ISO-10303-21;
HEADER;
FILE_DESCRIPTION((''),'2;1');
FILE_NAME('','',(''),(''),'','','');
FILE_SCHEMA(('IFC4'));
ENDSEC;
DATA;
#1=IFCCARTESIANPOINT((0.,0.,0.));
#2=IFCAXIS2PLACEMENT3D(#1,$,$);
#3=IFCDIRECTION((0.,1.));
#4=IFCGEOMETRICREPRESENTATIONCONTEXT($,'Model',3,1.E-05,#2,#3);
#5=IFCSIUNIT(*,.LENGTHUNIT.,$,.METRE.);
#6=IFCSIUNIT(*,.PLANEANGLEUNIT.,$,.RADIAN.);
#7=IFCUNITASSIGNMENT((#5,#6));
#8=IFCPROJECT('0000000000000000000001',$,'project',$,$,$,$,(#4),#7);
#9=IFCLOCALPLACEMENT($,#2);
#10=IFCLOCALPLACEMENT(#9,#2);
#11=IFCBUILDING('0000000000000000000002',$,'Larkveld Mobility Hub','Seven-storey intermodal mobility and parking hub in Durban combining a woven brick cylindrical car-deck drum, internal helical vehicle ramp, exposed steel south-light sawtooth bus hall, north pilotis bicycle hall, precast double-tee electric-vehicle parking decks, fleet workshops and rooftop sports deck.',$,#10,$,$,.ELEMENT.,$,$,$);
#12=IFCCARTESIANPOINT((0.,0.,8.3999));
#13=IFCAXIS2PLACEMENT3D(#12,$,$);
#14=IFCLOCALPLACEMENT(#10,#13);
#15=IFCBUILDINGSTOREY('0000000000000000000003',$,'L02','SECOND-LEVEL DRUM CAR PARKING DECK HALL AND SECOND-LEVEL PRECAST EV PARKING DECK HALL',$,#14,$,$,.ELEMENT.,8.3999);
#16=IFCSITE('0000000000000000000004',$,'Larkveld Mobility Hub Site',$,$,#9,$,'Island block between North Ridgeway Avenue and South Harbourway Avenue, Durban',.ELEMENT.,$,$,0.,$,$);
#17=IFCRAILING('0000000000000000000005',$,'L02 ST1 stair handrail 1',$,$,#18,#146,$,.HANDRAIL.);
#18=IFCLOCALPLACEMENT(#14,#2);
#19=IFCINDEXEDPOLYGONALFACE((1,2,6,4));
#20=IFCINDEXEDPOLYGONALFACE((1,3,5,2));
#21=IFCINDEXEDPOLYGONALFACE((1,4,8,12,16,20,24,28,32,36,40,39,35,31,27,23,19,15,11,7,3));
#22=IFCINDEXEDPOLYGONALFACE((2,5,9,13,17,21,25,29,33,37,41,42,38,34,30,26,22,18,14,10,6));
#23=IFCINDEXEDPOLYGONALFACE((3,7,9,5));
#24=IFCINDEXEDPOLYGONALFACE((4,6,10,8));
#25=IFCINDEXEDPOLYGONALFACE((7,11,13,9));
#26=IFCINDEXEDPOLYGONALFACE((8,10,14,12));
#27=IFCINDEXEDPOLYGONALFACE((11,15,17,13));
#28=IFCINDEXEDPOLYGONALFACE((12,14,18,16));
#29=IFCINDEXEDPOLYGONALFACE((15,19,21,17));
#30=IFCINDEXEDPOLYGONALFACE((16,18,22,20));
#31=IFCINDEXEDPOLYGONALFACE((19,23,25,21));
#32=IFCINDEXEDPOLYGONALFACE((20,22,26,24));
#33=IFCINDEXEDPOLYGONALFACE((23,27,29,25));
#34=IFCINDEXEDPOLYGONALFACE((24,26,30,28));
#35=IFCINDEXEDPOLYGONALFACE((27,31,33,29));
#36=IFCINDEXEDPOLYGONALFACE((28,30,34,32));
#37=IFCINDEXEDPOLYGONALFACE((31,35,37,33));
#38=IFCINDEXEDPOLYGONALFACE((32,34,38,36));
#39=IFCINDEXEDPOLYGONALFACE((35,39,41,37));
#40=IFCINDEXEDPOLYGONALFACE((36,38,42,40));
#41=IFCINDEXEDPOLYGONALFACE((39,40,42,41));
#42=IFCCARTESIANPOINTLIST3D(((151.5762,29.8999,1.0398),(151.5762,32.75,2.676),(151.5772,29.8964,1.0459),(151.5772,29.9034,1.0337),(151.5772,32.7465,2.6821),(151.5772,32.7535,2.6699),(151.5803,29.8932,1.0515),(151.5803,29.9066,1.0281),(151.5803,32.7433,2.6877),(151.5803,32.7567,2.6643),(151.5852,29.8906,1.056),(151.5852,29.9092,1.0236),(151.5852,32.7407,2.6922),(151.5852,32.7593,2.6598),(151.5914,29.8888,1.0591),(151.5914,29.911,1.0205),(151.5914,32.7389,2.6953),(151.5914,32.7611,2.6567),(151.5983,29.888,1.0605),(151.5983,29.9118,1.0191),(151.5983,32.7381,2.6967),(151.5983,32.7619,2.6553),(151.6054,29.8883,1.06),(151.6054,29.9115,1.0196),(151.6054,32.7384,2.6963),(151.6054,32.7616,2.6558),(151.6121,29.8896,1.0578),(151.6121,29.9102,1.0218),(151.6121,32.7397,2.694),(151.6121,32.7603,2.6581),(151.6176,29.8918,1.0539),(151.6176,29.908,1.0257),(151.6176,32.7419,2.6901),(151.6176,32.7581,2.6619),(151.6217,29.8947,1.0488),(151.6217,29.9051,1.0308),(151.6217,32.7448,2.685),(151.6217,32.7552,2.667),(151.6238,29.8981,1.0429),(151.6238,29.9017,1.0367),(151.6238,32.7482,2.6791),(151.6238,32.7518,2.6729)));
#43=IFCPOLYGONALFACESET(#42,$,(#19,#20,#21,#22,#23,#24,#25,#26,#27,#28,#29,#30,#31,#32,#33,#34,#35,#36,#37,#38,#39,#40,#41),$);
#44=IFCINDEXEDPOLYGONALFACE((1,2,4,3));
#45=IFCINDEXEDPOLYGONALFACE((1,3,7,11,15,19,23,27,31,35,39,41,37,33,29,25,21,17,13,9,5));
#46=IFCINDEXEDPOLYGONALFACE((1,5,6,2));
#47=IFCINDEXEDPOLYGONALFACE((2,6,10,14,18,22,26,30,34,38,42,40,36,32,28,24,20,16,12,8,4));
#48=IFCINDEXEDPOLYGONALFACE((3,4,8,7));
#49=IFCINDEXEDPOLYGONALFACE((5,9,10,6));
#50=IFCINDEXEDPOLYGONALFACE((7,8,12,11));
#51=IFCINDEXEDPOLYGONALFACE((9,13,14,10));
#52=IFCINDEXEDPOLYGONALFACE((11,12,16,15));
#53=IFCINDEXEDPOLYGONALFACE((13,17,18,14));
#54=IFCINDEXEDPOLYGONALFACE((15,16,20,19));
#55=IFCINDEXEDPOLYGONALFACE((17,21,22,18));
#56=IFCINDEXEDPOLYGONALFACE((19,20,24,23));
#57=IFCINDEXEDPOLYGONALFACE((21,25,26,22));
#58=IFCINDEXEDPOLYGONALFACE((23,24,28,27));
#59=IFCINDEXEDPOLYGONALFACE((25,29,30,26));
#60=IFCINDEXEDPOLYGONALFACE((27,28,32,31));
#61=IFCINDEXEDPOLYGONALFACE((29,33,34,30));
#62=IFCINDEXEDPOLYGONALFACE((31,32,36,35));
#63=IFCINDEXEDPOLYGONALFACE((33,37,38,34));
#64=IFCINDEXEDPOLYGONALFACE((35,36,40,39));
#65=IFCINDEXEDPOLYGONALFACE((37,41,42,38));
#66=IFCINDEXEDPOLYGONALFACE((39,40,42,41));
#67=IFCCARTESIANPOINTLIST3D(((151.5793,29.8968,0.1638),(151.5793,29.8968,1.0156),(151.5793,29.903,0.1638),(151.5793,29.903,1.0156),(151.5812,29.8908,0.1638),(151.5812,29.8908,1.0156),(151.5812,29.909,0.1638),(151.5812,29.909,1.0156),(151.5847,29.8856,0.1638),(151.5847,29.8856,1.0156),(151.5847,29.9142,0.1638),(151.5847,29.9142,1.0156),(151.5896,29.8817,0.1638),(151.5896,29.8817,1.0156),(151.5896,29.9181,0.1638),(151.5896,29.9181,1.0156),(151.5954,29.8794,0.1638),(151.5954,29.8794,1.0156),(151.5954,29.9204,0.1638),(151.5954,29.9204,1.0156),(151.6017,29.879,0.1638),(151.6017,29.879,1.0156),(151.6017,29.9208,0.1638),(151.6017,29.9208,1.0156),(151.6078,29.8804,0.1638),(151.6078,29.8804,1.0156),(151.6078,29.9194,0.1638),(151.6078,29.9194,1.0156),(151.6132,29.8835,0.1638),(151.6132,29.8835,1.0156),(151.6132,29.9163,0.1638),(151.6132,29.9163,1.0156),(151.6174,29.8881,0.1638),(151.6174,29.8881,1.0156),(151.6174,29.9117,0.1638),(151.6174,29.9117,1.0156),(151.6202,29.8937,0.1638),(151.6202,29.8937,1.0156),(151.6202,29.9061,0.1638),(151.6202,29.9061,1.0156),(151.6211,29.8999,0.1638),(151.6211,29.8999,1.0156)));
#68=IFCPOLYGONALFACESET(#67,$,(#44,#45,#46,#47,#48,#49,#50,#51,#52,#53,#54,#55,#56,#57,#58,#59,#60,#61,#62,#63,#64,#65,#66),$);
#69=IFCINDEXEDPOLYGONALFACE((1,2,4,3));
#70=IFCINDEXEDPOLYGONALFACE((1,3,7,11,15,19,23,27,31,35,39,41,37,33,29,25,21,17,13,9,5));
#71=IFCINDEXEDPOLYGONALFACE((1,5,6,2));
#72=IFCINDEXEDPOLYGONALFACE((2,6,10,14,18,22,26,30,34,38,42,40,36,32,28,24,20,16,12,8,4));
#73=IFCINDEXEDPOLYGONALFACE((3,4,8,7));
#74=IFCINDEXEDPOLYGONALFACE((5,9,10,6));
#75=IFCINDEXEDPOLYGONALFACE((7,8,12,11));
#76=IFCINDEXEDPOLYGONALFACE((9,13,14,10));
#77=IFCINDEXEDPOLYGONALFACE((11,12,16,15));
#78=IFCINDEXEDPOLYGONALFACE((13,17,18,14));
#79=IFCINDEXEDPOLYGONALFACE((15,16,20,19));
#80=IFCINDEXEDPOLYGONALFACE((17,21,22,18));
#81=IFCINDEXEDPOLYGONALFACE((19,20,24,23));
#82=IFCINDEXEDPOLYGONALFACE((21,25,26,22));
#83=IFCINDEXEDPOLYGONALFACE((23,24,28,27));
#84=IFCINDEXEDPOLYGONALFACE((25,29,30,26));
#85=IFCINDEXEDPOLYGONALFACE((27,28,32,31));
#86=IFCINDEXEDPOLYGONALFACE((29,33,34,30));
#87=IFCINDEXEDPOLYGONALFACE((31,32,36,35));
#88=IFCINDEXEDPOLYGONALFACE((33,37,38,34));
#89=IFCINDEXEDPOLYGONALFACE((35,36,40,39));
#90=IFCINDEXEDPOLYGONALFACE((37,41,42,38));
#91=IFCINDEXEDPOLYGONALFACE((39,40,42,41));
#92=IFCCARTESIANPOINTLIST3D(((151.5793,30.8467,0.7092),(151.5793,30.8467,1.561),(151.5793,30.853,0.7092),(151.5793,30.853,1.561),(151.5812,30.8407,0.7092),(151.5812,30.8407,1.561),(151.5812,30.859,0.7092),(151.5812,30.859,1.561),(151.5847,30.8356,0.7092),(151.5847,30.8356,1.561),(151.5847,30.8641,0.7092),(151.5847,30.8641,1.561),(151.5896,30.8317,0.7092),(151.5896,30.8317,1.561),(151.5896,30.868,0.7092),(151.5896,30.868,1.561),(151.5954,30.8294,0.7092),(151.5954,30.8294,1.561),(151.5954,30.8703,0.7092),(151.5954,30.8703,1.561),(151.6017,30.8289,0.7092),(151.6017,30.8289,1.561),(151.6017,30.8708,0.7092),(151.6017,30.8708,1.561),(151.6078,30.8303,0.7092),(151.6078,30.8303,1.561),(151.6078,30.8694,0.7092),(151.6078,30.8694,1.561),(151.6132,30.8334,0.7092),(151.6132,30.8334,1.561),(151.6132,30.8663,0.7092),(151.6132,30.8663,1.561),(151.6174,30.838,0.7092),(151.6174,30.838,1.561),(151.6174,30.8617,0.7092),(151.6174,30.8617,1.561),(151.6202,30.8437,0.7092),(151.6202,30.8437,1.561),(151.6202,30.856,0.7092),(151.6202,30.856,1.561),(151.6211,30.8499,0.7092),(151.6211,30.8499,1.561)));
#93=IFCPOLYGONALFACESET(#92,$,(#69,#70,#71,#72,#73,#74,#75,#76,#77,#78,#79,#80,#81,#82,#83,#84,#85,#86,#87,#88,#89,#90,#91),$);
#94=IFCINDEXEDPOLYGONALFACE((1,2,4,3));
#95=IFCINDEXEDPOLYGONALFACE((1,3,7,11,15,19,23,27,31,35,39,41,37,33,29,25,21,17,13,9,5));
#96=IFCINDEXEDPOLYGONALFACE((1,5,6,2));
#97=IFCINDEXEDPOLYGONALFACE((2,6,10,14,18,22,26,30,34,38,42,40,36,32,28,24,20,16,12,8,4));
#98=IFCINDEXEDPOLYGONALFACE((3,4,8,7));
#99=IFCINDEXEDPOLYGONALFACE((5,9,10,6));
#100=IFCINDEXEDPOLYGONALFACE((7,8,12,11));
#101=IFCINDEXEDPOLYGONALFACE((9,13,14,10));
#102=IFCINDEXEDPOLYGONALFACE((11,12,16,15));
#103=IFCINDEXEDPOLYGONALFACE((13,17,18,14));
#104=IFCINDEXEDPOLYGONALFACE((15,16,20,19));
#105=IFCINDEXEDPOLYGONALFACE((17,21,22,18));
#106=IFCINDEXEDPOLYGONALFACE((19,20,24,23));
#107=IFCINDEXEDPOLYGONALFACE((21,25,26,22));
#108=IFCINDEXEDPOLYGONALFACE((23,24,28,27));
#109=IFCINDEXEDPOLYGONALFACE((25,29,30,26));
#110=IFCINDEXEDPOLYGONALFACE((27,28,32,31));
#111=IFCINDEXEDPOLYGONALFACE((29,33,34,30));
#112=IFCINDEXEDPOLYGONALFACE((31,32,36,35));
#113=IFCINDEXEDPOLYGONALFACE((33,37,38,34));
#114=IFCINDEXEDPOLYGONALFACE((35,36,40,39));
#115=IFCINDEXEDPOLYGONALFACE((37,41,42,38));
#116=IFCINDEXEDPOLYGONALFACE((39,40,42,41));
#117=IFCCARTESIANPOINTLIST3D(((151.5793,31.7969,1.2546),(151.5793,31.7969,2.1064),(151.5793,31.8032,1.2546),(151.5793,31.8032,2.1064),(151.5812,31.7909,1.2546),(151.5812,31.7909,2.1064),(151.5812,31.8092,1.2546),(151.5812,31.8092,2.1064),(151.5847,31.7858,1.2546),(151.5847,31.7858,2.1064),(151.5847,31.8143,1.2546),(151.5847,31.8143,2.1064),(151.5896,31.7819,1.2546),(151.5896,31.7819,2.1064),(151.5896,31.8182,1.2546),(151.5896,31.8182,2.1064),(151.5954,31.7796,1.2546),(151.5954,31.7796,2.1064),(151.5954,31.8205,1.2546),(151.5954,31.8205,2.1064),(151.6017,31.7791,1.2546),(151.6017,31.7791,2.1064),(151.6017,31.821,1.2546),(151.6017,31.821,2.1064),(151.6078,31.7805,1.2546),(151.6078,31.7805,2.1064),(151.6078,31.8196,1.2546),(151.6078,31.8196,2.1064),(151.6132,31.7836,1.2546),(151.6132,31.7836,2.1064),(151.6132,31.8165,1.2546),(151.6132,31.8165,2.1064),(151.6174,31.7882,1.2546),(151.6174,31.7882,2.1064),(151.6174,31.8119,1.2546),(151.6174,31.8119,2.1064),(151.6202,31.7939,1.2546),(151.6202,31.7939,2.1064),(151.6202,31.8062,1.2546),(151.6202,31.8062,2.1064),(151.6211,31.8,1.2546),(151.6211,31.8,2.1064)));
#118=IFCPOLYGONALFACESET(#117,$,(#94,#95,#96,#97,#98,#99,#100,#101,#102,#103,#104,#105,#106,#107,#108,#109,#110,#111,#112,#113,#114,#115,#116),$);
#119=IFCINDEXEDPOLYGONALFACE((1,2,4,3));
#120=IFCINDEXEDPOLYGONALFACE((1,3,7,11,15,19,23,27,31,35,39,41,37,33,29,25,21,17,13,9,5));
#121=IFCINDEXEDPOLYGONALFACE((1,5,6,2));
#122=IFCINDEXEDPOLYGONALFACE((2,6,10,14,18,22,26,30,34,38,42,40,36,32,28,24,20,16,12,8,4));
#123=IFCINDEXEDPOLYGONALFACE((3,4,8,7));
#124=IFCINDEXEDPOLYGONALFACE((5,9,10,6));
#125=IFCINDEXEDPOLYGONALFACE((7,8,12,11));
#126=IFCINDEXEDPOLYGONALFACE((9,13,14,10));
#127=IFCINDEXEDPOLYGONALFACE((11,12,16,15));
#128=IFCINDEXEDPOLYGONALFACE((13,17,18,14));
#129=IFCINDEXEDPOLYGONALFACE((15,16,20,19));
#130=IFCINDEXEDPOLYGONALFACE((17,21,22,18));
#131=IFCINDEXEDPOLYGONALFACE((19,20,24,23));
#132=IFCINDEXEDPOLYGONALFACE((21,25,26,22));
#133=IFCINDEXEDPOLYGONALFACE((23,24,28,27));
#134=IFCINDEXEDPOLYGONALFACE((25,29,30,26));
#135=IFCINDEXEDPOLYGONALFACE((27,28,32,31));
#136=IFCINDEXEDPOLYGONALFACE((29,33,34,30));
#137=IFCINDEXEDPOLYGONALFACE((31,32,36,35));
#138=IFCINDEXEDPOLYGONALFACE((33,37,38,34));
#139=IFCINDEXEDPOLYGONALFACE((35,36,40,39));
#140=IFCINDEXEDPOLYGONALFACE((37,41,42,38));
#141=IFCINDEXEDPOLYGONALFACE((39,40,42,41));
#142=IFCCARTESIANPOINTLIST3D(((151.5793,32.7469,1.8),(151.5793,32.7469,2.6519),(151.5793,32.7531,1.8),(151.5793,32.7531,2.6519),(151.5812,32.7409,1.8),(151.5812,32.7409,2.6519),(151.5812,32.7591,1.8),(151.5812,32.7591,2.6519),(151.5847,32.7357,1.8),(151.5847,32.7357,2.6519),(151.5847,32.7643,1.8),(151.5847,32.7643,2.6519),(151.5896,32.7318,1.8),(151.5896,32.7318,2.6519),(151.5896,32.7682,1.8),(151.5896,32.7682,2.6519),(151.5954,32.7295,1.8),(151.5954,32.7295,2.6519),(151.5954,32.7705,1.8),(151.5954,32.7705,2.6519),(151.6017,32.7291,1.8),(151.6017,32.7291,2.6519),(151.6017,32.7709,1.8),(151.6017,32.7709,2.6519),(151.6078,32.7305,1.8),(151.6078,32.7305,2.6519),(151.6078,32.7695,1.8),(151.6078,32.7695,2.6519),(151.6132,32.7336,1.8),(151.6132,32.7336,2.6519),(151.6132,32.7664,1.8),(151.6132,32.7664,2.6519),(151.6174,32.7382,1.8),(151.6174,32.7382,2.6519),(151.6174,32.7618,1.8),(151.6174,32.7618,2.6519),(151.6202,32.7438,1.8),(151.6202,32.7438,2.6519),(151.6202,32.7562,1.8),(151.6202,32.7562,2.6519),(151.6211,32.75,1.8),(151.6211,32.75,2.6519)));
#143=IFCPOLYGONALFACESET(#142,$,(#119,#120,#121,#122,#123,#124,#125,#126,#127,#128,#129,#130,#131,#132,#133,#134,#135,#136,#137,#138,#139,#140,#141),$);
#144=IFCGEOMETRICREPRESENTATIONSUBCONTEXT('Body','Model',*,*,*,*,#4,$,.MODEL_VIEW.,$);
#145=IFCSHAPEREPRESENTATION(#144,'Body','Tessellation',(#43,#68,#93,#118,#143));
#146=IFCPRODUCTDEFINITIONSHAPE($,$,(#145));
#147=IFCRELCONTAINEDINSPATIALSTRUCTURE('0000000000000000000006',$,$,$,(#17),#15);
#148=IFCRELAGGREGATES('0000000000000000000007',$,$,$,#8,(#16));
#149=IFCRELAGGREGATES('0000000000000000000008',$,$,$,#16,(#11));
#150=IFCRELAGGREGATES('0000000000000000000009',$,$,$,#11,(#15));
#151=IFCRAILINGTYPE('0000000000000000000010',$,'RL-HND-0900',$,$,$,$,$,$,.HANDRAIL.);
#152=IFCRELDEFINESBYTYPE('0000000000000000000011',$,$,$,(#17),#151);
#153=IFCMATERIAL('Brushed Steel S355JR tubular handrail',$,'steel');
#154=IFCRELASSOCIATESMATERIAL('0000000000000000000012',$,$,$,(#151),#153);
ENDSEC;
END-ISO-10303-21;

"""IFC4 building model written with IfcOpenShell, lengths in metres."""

from ifc_helpers import new_model, si_unit, direction, frame, origin, origin_2d, place, context, subcontext, project, spatial, circle, extrude, material, type_object, element, save


model = new_model("IFC4")

# Units and contexts
model_context = context("Model", 3, precision=1e-05, world=origin(), true_north=direction((0.0, 1.0)))
body_context = subcontext(model_context, "Body", "Model", "MODEL_VIEW")
ifc_project = project(units=[si_unit("LENGTHUNIT", "METRE"), si_unit("PLANEANGLEUNIT", "RADIAN")], contexts=[model_context])

# Site, building, storey
site_placement = place(None, origin())
site = spatial("IfcSite", under=ifc_project, at=site_placement, Name="Larkveld Mobility Hub Site", LongName="Island block between North Ridgeway Avenue and South Harbourway Avenue, Durban", CompositionType="ELEMENT", RefElevation=0.0)
building_placement = place(site_placement, origin())
building = spatial("IfcBuilding", under=site, at=building_placement, Name="Larkveld Mobility Hub", Description="Seven-storey intermodal mobility and parking hub in Durban combining a woven brick cylindrical car-deck drum, internal helical vehicle ramp, exposed steel south-light sawtooth bus hall, north pilotis bicycle hall, precast double-tee electric-vehicle parking decks, fleet workshops and rooftop sports deck.", CompositionType="ELEMENT")
storey_placement = place(building_placement, frame((0.0, 0.0, 8.3999)))
storey = spatial("IfcBuildingStorey", under=building, at=storey_placement, Name="L02", Description="SECOND-LEVEL DRUM CAR PARKING DECK HALL AND SECOND-LEVEL PRECAST EV PARKING DECK HALL", CompositionType="ELEMENT", Elevation=8.3999)

# Railing
ifc_material_1 = material(Name="Brushed Steel S355JR tubular handrail", Category="steel")
railing_type_1 = type_object("IfcRailingType", Name="RL-HND-0900", PredefinedType="HANDRAIL", material=ifc_material_1)
railing_1_placement = place(storey_placement, frame((151.6001, 29.8999, 0.1638)))
element("IfcRailing", 1, at=railing_1_placement, inside=storey, type_object=railing_type_1, Name="L02 ST1 stair handrail 1", PredefinedType="HANDRAIL", context=body_context, shape_type="SweptSolid", body=[
    extrude(circle(Radius=0.0239, at=origin_2d()), frame((0.0, 0.0, 0.876), z_axis=(0.0, 0.867245, 0.497882), x_axis=(-1.0, 0.0, 0.0)), (0.0, 0.0, 1.0), 3.2864),
    extrude(circle(Radius=0.021, at=origin_2d()), origin(), (0.0, 0.0, 1.0), 0.8518),
    extrude(circle(Radius=0.021, at=origin_2d()), frame((0.0, 0.95, 0.5454)), (0.0, 0.0, 1.0), 0.8518),
    extrude(circle(Radius=0.021, at=origin_2d()), frame((0.0, 1.9001, 1.0908)), (0.0, 0.0, 1.0), 0.8518),
    extrude(circle(Radius=0.021, at=origin_2d()), frame((0.0, 2.8501, 1.6362)), (0.0, 0.0, 1.0), 0.8518),
])

save(model, "model.ifc")
